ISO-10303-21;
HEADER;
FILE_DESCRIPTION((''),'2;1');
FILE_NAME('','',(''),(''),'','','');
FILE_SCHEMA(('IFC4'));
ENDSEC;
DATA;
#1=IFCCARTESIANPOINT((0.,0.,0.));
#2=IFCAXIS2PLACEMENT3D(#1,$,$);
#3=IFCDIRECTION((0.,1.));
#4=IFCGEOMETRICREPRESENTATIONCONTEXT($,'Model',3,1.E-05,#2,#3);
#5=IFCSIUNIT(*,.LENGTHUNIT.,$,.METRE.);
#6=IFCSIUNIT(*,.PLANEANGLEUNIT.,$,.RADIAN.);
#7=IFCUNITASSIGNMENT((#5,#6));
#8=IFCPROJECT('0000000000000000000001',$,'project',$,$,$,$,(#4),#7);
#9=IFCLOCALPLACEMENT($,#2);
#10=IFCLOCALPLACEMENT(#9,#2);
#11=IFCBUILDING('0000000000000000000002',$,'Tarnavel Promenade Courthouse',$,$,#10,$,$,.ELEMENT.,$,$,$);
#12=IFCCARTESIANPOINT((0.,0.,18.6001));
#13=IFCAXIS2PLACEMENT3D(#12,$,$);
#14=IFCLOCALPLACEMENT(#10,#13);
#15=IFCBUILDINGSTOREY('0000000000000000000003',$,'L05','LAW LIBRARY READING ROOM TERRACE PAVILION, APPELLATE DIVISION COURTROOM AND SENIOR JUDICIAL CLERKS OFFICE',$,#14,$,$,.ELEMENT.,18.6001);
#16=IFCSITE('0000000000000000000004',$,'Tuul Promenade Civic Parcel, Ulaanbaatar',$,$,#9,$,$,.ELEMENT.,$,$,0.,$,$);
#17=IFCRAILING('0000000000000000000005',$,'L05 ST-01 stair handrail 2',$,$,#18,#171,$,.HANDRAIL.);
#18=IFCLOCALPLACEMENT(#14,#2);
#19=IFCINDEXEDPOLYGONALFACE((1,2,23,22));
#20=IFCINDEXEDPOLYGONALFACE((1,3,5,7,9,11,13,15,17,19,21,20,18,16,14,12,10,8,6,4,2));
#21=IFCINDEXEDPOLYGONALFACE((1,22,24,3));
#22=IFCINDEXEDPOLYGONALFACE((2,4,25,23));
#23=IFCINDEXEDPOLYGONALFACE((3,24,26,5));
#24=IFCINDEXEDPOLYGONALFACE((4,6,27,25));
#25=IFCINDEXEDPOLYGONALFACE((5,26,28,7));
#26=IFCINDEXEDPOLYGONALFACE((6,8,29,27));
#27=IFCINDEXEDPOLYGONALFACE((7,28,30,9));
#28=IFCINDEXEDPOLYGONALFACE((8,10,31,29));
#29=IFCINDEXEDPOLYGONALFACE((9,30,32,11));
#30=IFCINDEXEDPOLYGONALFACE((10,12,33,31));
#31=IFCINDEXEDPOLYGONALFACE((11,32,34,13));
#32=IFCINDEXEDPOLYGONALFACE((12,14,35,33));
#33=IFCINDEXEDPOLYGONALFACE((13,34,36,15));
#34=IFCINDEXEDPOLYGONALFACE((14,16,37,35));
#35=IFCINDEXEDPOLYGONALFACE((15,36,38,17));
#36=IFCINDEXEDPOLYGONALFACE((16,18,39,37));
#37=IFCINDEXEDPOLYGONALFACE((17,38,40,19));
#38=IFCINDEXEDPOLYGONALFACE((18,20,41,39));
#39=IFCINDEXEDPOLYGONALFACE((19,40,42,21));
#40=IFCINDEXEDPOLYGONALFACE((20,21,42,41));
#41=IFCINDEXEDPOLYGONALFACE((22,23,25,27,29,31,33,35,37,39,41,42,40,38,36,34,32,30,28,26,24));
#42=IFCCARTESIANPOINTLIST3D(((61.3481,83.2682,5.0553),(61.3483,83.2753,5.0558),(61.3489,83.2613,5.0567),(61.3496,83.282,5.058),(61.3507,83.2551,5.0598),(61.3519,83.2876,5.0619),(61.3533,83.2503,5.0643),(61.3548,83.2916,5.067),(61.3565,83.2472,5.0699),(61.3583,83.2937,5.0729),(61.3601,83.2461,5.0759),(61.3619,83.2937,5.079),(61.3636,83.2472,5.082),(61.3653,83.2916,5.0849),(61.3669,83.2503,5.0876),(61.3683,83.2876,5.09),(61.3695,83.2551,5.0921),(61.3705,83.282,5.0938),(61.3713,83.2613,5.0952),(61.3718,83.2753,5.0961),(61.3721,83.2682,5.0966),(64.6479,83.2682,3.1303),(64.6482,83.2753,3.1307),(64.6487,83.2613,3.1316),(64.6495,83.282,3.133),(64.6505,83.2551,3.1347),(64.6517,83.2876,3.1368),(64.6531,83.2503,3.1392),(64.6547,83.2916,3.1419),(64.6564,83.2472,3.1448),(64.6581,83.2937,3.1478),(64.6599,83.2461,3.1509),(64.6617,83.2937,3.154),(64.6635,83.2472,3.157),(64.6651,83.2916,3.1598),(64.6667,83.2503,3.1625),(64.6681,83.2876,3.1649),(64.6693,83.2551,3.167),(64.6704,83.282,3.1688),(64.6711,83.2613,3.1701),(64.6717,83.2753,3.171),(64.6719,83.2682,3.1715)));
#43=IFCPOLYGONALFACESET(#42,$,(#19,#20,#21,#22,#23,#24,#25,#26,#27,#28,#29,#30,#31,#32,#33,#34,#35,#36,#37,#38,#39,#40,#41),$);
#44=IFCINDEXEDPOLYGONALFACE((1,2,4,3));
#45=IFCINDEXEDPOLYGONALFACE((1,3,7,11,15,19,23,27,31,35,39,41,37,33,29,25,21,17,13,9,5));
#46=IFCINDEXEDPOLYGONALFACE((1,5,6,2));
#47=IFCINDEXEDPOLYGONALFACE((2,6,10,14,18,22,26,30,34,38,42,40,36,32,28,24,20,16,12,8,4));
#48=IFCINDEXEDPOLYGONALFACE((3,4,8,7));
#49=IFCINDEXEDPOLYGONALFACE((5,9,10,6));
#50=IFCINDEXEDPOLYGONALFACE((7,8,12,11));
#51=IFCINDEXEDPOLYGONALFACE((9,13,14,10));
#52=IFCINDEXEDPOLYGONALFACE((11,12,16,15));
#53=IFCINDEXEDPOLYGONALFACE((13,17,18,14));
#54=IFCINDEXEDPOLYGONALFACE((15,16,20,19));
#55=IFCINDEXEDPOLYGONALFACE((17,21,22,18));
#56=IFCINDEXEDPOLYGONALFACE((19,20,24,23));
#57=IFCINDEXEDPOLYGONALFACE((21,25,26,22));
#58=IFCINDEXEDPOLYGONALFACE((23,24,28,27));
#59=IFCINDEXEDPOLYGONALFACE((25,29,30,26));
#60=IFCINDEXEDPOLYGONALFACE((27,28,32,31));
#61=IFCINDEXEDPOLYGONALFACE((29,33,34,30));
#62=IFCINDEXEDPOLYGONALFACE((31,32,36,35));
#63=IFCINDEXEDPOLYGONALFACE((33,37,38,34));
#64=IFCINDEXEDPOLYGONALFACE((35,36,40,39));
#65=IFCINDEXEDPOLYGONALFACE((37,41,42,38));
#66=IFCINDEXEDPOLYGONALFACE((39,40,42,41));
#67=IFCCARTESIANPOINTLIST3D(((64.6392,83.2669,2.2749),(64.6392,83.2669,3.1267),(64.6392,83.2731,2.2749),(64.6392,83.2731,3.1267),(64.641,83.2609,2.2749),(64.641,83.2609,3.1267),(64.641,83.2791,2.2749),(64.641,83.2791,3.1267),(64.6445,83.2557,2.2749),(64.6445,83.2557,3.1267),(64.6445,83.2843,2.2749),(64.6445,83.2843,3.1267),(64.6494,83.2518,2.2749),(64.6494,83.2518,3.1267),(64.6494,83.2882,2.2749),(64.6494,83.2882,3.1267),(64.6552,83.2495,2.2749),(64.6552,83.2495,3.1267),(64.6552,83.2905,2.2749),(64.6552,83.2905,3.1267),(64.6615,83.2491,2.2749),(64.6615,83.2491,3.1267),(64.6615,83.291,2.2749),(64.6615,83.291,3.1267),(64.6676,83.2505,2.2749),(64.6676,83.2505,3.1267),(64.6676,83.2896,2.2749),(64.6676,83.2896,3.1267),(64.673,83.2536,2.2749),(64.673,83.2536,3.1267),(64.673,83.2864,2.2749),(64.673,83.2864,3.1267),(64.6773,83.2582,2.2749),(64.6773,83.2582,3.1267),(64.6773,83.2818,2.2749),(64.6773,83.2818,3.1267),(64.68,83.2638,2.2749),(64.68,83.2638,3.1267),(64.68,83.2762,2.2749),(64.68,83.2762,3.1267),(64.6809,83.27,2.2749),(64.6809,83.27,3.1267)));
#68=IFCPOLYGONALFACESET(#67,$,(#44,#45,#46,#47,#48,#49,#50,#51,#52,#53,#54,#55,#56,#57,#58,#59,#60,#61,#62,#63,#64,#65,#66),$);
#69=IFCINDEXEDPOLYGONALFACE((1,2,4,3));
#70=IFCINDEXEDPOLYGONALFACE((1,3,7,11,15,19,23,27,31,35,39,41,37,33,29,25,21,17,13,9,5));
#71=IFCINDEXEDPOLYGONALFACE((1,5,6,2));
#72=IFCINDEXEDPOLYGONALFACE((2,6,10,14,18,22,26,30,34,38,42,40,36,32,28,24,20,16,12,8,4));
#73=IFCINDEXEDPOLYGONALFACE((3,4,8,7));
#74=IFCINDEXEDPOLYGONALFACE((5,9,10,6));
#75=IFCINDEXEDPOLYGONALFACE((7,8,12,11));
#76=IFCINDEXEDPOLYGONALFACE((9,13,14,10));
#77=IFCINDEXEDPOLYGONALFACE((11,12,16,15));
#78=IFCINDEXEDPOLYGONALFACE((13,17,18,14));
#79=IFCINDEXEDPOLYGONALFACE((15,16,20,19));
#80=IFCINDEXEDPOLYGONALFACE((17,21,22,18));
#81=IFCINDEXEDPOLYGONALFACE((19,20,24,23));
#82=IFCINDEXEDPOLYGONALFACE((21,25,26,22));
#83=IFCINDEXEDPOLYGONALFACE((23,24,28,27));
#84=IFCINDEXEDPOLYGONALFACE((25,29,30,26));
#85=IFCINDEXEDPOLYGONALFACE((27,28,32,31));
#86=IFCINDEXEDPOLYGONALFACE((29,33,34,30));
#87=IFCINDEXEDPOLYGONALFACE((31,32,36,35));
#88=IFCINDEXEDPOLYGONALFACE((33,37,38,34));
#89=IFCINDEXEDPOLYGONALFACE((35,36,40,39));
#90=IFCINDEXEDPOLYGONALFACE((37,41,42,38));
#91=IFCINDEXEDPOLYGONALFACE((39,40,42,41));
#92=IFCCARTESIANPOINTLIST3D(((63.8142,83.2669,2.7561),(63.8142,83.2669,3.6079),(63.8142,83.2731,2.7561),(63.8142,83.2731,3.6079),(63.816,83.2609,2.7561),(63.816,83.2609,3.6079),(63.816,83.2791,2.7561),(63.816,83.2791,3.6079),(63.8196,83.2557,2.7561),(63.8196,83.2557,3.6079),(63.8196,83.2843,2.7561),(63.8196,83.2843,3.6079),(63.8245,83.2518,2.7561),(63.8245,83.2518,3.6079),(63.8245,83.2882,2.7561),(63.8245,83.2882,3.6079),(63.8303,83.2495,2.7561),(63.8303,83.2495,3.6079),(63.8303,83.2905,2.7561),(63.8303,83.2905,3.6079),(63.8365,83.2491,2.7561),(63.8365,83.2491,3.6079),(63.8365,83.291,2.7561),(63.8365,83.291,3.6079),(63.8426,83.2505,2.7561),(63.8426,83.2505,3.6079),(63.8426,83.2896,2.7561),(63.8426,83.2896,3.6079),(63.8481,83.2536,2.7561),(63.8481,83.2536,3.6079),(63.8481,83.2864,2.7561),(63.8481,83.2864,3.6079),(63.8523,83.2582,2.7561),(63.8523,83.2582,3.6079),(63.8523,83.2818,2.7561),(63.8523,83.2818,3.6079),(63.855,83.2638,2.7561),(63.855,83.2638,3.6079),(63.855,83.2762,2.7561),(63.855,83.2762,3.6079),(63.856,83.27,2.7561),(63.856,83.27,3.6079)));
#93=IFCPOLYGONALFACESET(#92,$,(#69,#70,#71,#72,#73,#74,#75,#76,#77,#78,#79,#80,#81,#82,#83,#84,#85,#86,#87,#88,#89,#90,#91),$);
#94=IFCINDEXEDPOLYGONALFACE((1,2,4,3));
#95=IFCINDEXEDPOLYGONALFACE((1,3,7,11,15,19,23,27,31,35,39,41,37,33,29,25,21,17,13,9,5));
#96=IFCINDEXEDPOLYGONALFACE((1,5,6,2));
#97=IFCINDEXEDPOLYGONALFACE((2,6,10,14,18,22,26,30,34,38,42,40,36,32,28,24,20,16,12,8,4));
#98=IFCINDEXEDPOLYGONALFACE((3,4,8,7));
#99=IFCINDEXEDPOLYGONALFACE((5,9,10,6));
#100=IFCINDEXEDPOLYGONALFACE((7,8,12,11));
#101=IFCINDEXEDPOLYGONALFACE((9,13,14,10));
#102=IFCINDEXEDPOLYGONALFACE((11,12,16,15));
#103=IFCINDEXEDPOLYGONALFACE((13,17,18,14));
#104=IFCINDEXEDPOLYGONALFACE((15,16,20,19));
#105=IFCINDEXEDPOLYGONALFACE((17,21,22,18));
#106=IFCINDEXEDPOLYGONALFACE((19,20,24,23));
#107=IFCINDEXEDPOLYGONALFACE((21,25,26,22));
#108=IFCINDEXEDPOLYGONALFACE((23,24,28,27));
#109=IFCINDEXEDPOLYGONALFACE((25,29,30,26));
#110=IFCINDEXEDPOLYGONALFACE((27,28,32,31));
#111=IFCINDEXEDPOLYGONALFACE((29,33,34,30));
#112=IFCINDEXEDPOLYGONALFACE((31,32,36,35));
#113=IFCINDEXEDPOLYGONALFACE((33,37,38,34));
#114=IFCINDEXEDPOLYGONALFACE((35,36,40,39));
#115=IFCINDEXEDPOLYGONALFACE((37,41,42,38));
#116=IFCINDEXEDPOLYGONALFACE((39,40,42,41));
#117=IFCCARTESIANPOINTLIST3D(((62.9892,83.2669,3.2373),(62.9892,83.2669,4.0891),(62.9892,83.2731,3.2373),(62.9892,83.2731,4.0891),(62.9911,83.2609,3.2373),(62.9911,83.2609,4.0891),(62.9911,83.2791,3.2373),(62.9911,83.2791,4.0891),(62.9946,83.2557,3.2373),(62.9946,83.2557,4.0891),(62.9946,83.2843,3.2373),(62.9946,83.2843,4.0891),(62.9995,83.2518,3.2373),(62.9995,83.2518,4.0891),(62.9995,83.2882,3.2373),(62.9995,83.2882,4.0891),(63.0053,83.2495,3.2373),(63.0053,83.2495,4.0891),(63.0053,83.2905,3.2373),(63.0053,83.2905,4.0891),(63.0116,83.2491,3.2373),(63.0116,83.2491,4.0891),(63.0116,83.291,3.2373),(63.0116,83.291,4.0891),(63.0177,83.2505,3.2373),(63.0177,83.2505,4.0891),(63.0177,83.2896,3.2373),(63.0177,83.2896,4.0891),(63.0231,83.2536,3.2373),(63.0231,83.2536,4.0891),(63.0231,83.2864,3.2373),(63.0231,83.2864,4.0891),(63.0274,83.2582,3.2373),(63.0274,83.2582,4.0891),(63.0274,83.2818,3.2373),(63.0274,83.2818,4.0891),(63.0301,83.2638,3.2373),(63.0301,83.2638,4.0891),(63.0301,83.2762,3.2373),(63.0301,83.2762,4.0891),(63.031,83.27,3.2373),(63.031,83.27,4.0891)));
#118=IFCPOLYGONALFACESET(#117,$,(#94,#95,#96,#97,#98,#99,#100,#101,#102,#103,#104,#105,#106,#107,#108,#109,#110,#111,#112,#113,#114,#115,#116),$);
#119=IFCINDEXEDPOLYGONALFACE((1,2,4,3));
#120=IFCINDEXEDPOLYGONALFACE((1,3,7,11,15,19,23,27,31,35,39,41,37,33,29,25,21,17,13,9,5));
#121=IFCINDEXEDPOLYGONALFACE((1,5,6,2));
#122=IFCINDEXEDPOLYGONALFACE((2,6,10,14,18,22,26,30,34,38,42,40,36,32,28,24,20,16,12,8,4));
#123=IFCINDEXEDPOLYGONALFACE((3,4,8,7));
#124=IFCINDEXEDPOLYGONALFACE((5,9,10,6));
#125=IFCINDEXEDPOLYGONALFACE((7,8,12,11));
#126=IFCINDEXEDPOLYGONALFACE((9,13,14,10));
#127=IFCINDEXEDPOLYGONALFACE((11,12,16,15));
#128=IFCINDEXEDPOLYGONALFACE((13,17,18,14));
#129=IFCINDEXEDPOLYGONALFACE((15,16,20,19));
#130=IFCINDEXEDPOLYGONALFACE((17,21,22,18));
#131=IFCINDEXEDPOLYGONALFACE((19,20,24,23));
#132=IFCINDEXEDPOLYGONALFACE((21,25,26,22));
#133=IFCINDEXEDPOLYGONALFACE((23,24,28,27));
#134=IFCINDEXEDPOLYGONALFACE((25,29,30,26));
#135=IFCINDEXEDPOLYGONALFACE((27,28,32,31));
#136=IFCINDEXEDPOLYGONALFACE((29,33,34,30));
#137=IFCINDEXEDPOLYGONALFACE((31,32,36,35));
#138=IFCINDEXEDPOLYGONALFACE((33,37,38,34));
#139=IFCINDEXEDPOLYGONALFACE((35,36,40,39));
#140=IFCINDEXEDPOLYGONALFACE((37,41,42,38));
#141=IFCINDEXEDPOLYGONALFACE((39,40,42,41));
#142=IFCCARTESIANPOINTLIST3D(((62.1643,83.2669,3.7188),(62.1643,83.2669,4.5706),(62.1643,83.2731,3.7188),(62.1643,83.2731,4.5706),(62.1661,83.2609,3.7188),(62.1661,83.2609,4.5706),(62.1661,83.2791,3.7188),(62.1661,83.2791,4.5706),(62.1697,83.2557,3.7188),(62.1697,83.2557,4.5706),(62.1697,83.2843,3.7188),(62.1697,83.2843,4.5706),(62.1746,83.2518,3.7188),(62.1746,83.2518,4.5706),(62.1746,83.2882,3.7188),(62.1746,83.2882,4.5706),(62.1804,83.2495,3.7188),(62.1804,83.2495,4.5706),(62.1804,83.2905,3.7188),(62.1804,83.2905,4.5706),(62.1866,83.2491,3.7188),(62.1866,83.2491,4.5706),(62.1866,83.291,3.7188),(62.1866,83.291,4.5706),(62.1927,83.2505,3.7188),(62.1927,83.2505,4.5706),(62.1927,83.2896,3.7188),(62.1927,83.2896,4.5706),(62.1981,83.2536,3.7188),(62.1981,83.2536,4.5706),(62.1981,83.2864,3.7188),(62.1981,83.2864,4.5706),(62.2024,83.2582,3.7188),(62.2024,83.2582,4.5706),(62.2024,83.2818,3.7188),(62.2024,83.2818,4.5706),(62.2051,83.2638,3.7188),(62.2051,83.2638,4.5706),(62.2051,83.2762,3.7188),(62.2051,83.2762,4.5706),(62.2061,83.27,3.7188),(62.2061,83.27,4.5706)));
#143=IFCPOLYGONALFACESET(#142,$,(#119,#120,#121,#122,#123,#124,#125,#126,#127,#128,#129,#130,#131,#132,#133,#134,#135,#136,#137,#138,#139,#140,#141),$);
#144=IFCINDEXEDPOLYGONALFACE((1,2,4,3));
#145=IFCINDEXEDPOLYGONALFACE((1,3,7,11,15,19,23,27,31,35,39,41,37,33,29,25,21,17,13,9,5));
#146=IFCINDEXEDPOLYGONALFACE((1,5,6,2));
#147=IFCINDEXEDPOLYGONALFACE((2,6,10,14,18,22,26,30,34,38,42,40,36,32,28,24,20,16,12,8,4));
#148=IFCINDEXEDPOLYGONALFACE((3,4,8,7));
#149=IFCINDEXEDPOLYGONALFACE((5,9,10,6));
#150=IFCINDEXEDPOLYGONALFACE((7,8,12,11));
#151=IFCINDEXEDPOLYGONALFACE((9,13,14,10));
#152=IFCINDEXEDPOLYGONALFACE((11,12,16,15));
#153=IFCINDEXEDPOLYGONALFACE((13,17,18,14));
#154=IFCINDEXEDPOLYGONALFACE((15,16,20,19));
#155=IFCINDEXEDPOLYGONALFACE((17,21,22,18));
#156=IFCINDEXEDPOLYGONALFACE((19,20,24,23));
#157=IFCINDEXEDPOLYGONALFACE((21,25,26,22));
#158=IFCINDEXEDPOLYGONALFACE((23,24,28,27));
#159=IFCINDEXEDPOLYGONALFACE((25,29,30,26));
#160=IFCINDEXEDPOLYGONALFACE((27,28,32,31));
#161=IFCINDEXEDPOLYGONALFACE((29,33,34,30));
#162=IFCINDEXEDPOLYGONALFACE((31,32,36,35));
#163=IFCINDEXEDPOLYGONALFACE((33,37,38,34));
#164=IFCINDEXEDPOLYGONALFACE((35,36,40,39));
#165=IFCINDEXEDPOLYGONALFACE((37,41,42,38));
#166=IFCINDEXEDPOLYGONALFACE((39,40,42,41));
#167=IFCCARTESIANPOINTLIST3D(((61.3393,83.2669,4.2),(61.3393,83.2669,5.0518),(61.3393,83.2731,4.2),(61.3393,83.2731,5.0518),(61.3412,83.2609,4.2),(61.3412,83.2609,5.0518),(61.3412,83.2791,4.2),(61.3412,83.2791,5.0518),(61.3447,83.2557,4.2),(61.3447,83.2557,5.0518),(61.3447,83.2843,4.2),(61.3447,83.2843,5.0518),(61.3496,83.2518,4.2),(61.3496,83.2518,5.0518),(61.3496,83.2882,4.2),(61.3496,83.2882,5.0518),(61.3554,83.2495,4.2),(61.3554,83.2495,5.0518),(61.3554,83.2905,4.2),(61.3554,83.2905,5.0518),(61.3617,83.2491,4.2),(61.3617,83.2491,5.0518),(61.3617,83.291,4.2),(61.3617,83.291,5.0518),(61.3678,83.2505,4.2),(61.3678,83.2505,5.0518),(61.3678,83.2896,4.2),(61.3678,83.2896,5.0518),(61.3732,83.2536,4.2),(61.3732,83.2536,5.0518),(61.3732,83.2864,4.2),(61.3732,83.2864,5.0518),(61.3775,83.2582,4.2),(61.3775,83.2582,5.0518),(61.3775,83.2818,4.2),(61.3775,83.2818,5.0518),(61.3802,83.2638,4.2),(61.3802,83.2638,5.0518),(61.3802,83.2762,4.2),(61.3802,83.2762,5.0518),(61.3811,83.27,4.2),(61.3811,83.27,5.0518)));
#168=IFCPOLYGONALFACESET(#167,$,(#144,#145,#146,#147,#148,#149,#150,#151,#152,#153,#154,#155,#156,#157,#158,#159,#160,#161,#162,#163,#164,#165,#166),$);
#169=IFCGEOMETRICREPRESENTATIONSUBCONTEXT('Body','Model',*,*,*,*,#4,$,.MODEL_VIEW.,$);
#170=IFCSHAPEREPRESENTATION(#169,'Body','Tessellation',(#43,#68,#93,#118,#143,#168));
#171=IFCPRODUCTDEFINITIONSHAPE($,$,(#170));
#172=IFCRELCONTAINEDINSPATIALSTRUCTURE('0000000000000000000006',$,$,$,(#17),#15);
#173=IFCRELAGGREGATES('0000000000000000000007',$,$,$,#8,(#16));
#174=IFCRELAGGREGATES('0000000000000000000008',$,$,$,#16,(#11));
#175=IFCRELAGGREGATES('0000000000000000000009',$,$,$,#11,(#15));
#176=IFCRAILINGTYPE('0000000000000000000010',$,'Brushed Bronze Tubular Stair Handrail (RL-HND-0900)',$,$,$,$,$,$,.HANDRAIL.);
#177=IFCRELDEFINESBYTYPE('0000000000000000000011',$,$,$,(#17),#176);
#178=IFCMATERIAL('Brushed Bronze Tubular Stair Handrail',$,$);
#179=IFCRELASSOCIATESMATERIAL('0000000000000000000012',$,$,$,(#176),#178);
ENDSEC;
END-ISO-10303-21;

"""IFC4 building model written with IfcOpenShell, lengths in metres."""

from ifc_helpers import new_model, si_unit, direction, frame, origin, origin_2d, place, context, subcontext, project, spatial, circle, extrude, material, type_object, element, save


model = new_model("IFC4")

# Units and contexts
model_context = context("Model", 3, precision=1e-05, world=origin(), true_north=direction((0.0, 1.0)))
body_context = subcontext(model_context, "Body", "Model", "MODEL_VIEW")
ifc_project = project(units=[si_unit("LENGTHUNIT", "METRE"), si_unit("PLANEANGLEUNIT", "RADIAN")], contexts=[model_context])

# Site, building, storey
site_placement = place(None, origin())
site = spatial("IfcSite", under=ifc_project, at=site_placement, Name="Tuul Promenade Civic Parcel, Ulaanbaatar", CompositionType="ELEMENT", RefElevation=0.0)
building_placement = place(site_placement, origin())
building = spatial("IfcBuilding", under=site, at=building_placement, Name="Tarnavel Promenade Courthouse", CompositionType="ELEMENT")
storey_placement = place(building_placement, frame((0.0, 0.0, 18.6001)))
storey = spatial("IfcBuildingStorey", under=building, at=storey_placement, Name="L05", Description="LAW LIBRARY READING ROOM TERRACE PAVILION, APPELLATE DIVISION COURTROOM AND SENIOR JUDICIAL CLERKS OFFICE", CompositionType="ELEMENT", Elevation=18.6001)

# Railing
ifc_material_1 = material(Name="Brushed Bronze Tubular Stair Handrail")
railing_type_1 = type_object("IfcRailingType", Name="Brushed Bronze Tubular Stair Handrail (RL-HND-0900)", PredefinedType="HANDRAIL", material=ifc_material_1)
railing_1_placement = place(storey_placement, frame((64.6599, 83.27, 2.2749)))
element("IfcRailing", 1, at=railing_1_placement, inside=storey, type_object=railing_type_1, Name="L05 ST-01 stair handrail 2", PredefinedType="HANDRAIL", context=body_context, shape_type="SweptSolid", body=[
    extrude(circle(Radius=0.0239, at=origin_2d()), frame((0.0, 0.0, 0.876), z_axis=(-0.86376, 0.0, 0.503903), x_axis=(0.0, -1.0, 0.0)), (0.0, 0.0, 1.0), 3.8203),
    extrude(circle(Radius=0.021, at=origin_2d()), origin(), (0.0, 0.0, 1.0), 0.8518),
    extrude(circle(Radius=0.021, at=origin_2d()), frame((-0.825, 0.0, 0.4812)), (0.0, 0.0, 1.0), 0.8518),
    extrude(circle(Radius=0.021, at=origin_2d()), frame((-1.6499, 0.0, 0.9624)), (0.0, 0.0, 1.0), 0.8518),
    extrude(circle(Radius=0.021, at=origin_2d()), frame((-2.4749, 0.0, 1.4438)), (0.0, 0.0, 1.0), 0.8518),
    extrude(circle(Radius=0.021, at=origin_2d()), frame((-3.2998, 0.0, 1.925)), (0.0, 0.0, 1.0), 0.8518),
])

save(model, "model.ifc")
